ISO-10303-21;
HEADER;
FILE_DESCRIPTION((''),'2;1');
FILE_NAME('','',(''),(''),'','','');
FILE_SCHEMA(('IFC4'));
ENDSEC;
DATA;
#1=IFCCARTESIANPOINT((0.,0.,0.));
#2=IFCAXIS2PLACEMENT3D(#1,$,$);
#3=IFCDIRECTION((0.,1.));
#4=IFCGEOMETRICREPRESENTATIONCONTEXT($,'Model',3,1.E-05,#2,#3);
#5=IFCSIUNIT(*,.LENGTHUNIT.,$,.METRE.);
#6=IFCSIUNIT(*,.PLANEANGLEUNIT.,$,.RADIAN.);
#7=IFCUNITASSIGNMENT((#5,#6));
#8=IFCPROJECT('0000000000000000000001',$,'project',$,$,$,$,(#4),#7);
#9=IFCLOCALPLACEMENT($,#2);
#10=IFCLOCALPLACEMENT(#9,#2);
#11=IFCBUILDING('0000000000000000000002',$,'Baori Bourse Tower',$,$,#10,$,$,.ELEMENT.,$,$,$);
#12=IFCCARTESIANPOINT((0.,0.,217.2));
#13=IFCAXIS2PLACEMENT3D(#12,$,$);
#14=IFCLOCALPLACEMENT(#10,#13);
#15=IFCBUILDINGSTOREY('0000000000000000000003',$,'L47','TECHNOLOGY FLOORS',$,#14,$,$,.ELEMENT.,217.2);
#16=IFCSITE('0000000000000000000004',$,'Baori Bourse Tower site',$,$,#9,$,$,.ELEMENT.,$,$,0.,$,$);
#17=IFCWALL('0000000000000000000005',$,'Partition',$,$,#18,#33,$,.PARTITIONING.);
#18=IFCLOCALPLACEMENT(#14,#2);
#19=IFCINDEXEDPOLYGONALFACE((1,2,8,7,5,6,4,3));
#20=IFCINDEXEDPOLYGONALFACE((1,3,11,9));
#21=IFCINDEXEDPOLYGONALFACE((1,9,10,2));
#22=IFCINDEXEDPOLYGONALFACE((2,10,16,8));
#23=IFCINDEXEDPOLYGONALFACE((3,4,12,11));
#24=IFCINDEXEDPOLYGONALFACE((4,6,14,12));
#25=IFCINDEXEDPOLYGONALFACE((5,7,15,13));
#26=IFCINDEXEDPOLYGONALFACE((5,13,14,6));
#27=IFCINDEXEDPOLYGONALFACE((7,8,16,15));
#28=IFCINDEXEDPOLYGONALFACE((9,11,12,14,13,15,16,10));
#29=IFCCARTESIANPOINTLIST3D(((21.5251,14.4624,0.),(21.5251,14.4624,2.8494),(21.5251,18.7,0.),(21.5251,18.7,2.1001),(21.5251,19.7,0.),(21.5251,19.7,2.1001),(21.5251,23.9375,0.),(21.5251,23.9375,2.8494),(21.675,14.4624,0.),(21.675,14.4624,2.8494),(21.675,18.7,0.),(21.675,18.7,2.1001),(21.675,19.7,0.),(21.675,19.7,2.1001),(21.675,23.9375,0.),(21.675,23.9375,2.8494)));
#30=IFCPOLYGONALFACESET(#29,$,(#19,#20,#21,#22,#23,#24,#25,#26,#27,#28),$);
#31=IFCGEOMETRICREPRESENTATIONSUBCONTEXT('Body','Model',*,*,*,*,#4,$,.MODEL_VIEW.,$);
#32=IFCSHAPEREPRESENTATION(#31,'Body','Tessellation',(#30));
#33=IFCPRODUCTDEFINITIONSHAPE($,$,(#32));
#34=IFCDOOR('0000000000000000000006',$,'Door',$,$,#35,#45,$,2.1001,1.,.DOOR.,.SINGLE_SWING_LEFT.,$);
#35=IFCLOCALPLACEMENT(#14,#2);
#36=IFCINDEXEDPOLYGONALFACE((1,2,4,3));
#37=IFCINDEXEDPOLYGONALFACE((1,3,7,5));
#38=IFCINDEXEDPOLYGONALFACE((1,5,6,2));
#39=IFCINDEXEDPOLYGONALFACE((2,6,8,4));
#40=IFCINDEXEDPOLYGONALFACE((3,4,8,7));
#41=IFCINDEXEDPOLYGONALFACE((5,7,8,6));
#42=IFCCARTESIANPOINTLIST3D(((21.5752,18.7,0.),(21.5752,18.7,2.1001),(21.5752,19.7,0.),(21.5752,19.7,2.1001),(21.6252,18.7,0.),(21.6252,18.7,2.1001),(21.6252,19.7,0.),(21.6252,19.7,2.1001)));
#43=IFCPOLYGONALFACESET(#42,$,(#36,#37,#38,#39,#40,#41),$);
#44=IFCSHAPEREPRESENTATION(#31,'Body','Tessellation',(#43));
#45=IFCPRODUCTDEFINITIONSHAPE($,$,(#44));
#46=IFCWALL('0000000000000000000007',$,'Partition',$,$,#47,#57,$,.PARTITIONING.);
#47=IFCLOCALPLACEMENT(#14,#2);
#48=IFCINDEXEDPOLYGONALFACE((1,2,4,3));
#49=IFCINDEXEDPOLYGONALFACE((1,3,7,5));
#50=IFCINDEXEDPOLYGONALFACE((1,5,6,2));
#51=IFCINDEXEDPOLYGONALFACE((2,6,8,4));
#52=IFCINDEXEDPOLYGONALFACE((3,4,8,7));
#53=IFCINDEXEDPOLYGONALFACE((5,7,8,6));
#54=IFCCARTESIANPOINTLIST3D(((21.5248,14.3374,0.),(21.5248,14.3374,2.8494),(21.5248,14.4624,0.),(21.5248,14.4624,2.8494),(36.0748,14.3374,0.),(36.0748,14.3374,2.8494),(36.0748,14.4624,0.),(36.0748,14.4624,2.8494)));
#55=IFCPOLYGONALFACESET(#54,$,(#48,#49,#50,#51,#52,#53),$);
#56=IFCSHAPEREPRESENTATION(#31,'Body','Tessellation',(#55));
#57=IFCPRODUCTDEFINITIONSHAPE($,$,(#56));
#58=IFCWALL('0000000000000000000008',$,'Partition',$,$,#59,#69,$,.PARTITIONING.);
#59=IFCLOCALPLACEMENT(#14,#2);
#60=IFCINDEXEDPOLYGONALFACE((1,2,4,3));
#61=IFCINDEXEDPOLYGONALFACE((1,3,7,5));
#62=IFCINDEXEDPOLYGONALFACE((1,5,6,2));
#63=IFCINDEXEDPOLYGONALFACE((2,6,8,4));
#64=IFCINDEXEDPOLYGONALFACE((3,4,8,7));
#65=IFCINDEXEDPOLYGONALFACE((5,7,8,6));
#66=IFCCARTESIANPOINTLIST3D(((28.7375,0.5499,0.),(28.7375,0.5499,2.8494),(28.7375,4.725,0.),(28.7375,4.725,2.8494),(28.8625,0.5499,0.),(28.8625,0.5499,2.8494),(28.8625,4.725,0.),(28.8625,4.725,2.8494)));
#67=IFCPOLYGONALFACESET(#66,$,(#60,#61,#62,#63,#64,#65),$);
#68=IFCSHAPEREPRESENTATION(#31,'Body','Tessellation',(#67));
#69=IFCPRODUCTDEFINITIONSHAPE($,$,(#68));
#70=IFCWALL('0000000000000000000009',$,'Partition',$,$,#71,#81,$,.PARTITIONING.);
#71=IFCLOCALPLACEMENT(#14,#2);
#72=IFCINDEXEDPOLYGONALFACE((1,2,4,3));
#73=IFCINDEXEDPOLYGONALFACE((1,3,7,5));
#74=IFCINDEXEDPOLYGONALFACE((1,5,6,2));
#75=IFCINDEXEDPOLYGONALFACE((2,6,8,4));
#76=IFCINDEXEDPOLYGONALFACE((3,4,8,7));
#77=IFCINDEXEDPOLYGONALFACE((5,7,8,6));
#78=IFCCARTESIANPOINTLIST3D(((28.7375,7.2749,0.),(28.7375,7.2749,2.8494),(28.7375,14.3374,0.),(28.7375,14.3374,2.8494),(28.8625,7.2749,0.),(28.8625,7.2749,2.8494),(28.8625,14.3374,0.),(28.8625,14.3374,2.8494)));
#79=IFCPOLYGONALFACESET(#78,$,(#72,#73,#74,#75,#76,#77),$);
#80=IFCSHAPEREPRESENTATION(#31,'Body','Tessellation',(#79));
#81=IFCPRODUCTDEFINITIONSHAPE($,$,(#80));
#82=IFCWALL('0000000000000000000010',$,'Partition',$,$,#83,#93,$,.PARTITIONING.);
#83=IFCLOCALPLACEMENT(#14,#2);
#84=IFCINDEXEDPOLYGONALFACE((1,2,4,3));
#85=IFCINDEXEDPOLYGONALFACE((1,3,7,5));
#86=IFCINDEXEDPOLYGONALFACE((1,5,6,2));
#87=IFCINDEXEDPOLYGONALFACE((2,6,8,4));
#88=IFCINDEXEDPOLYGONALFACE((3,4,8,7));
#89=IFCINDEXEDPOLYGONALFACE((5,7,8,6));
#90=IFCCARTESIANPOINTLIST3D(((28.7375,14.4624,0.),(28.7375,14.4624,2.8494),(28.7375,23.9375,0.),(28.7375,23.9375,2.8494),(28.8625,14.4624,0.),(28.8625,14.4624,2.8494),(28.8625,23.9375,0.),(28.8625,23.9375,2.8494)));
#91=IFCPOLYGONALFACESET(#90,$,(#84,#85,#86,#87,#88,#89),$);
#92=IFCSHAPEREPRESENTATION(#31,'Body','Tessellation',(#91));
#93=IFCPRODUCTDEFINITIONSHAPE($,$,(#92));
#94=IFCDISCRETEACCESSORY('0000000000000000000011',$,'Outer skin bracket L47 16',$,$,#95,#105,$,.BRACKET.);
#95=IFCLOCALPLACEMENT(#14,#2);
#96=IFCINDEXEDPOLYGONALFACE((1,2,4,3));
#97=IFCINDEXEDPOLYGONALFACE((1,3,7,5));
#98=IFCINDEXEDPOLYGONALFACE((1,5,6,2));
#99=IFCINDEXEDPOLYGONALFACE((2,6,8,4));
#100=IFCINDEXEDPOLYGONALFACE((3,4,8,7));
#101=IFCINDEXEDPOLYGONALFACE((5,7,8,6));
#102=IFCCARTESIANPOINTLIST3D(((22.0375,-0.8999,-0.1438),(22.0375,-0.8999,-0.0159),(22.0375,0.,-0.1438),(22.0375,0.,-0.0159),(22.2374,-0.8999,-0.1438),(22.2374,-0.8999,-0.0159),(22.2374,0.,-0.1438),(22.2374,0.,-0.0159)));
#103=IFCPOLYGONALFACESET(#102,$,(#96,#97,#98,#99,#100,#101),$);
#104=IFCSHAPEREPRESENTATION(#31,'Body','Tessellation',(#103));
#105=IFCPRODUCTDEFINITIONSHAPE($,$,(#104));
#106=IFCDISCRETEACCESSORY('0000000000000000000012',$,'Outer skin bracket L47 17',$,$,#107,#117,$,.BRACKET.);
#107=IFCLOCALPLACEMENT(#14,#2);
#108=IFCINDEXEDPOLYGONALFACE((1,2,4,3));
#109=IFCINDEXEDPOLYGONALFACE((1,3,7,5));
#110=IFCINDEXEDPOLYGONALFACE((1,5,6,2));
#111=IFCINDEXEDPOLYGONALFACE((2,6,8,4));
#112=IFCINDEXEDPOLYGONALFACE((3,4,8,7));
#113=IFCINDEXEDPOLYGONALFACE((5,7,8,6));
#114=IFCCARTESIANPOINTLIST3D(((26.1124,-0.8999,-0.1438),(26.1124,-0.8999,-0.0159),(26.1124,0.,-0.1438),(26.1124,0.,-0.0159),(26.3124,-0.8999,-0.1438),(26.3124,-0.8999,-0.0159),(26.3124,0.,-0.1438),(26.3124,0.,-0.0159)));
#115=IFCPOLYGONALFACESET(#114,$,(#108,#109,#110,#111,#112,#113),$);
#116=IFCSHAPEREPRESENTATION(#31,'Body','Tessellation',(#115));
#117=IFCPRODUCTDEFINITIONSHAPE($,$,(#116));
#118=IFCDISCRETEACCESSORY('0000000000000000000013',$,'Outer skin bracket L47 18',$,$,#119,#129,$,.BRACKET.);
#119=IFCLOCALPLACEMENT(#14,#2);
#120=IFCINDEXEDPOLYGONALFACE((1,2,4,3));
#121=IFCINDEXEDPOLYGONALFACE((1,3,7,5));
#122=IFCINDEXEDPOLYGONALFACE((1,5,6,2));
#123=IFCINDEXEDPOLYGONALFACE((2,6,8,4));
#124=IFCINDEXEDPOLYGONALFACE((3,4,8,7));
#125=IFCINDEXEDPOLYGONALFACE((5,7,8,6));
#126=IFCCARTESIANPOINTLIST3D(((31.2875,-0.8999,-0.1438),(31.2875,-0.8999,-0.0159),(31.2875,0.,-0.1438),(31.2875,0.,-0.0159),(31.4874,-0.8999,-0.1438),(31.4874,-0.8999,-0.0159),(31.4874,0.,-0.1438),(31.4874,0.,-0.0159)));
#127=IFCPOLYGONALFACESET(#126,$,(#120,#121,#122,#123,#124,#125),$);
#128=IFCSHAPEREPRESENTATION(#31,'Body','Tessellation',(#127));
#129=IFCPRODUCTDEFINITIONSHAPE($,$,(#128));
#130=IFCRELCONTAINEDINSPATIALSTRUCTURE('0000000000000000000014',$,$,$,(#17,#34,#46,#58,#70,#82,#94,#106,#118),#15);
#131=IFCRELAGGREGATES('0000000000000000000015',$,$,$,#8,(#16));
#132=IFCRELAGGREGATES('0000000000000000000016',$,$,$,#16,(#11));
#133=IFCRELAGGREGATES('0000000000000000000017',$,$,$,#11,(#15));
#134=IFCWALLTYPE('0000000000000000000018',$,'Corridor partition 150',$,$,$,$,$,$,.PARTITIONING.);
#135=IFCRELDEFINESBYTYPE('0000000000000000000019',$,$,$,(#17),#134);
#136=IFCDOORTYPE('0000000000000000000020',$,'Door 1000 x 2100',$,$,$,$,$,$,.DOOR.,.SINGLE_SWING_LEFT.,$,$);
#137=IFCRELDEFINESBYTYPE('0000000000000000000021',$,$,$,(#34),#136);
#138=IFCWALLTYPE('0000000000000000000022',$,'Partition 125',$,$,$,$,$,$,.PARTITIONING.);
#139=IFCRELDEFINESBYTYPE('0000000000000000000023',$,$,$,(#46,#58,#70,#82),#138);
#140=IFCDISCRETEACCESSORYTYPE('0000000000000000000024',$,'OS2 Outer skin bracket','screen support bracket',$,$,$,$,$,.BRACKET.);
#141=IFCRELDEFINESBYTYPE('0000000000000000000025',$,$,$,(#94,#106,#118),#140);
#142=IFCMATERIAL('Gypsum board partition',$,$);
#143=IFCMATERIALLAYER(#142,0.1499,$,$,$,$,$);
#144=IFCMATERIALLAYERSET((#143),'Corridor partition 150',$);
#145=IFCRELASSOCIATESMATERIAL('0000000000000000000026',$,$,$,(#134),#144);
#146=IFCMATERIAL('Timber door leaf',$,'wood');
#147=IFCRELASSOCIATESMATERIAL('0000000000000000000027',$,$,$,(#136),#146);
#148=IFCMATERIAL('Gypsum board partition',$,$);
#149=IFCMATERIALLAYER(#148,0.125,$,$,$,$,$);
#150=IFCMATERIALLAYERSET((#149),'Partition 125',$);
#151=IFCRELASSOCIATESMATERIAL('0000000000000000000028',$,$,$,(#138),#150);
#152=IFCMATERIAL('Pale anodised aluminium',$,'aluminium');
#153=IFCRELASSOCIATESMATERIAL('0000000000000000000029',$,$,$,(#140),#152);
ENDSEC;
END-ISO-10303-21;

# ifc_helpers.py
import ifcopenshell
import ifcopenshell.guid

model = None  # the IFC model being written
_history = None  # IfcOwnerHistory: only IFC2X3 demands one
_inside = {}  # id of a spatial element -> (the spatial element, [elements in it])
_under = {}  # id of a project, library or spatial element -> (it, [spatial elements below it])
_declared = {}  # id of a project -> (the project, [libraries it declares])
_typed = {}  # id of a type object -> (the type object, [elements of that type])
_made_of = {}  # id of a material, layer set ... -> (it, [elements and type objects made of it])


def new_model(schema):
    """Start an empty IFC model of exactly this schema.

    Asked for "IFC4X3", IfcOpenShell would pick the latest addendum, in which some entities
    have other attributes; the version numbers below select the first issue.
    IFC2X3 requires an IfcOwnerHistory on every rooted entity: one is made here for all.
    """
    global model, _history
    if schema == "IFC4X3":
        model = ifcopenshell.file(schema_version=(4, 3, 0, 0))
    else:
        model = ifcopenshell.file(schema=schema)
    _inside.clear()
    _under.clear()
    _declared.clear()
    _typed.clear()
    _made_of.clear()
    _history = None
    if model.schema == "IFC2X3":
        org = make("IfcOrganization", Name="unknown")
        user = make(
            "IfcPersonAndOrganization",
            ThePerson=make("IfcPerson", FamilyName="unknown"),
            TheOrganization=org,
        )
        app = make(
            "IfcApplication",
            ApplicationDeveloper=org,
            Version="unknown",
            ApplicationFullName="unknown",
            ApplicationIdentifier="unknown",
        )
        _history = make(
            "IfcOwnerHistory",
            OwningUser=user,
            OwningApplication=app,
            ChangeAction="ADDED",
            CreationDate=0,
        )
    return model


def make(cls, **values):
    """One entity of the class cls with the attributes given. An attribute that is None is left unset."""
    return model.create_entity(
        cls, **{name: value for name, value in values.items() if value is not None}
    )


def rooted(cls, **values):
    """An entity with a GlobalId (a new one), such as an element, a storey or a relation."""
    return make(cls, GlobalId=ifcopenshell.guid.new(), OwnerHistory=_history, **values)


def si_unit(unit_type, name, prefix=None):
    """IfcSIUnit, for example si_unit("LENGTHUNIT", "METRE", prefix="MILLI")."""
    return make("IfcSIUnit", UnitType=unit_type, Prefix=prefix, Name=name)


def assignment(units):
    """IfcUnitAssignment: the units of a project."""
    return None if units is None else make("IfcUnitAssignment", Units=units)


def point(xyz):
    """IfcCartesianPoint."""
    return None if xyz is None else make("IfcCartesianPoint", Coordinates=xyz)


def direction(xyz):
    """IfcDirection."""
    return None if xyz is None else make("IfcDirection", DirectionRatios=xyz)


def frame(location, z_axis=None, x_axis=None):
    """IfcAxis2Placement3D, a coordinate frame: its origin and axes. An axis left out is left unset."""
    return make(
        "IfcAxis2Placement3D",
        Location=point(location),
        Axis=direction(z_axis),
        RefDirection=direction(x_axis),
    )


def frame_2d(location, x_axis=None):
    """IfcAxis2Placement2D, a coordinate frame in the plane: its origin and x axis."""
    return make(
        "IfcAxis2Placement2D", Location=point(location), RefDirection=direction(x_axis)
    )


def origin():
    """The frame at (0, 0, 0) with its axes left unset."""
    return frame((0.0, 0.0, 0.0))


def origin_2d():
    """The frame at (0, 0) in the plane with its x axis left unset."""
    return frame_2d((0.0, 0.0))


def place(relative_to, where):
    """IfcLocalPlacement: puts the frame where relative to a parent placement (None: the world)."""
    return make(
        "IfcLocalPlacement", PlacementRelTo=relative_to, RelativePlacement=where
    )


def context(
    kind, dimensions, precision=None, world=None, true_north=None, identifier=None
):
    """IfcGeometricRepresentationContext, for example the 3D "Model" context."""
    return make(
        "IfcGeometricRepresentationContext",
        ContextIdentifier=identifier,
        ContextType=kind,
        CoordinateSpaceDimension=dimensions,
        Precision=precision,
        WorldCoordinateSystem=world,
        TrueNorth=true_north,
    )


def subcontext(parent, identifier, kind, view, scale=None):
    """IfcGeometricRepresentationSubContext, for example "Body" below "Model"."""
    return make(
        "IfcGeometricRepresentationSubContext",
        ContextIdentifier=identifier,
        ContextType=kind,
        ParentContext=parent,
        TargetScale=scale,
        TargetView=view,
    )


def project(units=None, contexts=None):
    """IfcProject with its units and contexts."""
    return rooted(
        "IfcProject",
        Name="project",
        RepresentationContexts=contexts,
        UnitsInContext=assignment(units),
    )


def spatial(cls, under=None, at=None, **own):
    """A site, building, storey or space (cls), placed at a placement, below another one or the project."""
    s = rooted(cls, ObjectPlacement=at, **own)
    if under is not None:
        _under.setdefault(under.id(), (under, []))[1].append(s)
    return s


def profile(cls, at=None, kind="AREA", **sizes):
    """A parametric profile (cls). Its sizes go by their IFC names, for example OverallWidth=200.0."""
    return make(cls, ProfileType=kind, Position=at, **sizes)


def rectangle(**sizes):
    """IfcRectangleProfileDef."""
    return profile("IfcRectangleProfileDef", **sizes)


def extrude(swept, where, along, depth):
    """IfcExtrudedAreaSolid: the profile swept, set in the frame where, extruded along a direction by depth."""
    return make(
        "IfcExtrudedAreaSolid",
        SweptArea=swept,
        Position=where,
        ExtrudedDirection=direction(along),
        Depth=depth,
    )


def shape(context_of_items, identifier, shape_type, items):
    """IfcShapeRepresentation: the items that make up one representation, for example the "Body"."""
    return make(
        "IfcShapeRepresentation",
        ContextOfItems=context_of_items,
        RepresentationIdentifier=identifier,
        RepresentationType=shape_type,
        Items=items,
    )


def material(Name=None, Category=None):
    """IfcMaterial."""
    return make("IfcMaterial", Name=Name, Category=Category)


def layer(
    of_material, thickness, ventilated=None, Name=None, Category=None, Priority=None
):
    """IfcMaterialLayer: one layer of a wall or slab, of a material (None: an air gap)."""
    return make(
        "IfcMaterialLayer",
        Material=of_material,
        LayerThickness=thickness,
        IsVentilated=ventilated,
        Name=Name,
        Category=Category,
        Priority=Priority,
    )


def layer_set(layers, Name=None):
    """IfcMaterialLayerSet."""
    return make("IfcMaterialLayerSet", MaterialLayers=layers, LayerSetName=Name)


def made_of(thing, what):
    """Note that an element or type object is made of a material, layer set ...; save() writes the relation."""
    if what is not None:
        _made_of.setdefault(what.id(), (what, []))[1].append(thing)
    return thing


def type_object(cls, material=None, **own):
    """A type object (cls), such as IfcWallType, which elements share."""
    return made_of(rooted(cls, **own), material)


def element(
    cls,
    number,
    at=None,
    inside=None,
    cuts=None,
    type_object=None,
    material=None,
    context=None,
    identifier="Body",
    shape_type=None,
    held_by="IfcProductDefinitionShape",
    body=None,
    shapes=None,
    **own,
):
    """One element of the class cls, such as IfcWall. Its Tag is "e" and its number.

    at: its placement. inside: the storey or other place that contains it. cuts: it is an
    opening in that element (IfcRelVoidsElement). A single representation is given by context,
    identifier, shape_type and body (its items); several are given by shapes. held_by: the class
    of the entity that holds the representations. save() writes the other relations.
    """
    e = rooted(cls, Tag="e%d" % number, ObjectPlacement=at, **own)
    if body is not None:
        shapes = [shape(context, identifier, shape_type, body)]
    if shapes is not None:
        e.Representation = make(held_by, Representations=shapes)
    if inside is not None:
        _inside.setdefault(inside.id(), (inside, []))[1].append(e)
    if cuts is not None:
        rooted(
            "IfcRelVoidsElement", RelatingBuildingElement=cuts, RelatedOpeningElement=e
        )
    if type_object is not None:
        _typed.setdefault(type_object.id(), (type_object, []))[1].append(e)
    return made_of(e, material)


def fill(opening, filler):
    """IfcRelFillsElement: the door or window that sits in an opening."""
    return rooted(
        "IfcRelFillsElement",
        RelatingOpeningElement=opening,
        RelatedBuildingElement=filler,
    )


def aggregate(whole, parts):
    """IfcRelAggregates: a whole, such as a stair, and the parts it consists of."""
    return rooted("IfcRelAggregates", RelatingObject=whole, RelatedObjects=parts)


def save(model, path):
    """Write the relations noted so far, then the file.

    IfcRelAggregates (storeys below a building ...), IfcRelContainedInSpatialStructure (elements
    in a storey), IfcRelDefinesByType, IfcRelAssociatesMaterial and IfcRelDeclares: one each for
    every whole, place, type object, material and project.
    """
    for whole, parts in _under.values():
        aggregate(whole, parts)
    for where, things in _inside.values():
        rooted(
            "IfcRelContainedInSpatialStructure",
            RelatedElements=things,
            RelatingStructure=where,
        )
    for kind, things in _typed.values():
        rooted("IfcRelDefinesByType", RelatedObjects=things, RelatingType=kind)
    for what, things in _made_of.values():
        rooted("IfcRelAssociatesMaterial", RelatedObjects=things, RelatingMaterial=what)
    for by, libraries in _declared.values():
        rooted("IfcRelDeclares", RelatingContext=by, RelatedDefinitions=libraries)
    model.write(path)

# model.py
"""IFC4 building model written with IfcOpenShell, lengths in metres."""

from ifc_helpers import new_model, si_unit, direction, frame, frame_2d, origin, origin_2d, place, context, subcontext, project, spatial, rectangle, extrude, material, layer, layer_set, type_object, element, fill, save


model = new_model("IFC4")

# Units and contexts
model_context = context("Model", 3, precision=1e-05, world=origin(), true_north=direction((0.0, 1.0)))
body_context = subcontext(model_context, "Body", "Model", "MODEL_VIEW")
ifc_project = project(units=[si_unit("LENGTHUNIT", "METRE"), si_unit("PLANEANGLEUNIT", "RADIAN")], contexts=[model_context])

# Site, building, storey
site_placement = place(None, origin())
site = spatial("IfcSite", under=ifc_project, at=site_placement, Name="Baori Bourse Tower site", CompositionType="ELEMENT", RefElevation=0.0)
building_placement = place(site_placement, origin())
building = spatial("IfcBuilding", under=site, at=building_placement, Name="Baori Bourse Tower", CompositionType="ELEMENT")
storey_placement = place(building_placement, frame((0.0, 0.0, 217.2)))
storey = spatial("IfcBuildingStorey", under=building, at=storey_placement, Name="L47", Description="TECHNOLOGY FLOORS", CompositionType="ELEMENT", Elevation=217.2)

# Wall, opening, door
ifc_material_1 = material(Name="Gypsum board partition")
ifc_layer_1 = layer(ifc_material_1, 0.1499)
ifc_layer_set_1 = layer_set([ifc_layer_1], Name="Corridor partition 150")
wall_type_1 = type_object("IfcWallType", Name="Corridor partition 150", PredefinedType="PARTITIONING", material=ifc_layer_set_1)
ifc_material_2 = material(Name="Timber door leaf", Category="wood")
door_type = type_object("IfcDoorType", Name="Door 1000 x 2100", OperationType="SINGLE_SWING_LEFT", PredefinedType="DOOR", material=ifc_material_2)
wall_1_placement = place(storey_placement, frame((21.6001, 14.4624, 0.0), z_axis=(0.0, 0.0, 1.0), x_axis=(0.0, 1.0, 0.0)))
wall_1 = element("IfcWall", 1, at=wall_1_placement, inside=storey, type_object=wall_type_1, Name="Partition", PredefinedType="PARTITIONING", context=body_context, shape_type="SweptSolid", body=[
    extrude(rectangle(XDim=9.4751, YDim=0.1499, at=frame_2d((4.7375, 0.0))), origin(), (0.0, 0.0, 1.0), 2.8494),
])
opening_1_placement = place(wall_1_placement, frame((4.2375, 0.0, 0.0)))
opening_1 = element("IfcOpeningElement", 2, at=opening_1_placement, cuts=wall_1, PredefinedType="OPENING", context=body_context, shape_type="SweptSolid", body=[
    extrude(rectangle(XDim=1.0, YDim=2.1001, at=frame_2d((0.5, 1.05))), frame((0.0, 0.085, 0.0), z_axis=(0.0, -1.0, 0.0), x_axis=(1.0, 0.0, 0.0)), (0.0, 0.0, 1.0), 0.1699),
])
door_1_placement = place(opening_1_placement, origin())
door_1 = element("IfcDoor", 3, at=door_1_placement, inside=storey, type_object=door_type, Name="Door", OperationType="SINGLE_SWING_LEFT", OverallHeight=2.1001, OverallWidth=1.0, PredefinedType="DOOR", context=body_context, shape_type="SweptSolid", body=[
    extrude(rectangle(XDim=1.0, YDim=2.1001, at=frame_2d((0.5, 1.05))), frame((0.0, 0.0249, 0.0), z_axis=(0.0, -1.0, 0.0), x_axis=(1.0, 0.0, 0.0)), (0.0, 0.0, 1.0), 0.05),
])
fill(opening_1, door_1)

# Walls
ifc_material_3 = material(Name="Gypsum board partition")
ifc_layer_2 = layer(ifc_material_3, 0.125)
ifc_layer_set_2 = layer_set([ifc_layer_2], Name="Partition 125")
wall_type_2 = type_object("IfcWallType", Name="Partition 125", PredefinedType="PARTITIONING", material=ifc_layer_set_2)
wall_2_placement = place(storey_placement, frame((21.5249, 14.3999, 0.0), z_axis=(0.0, 0.0, 1.0), x_axis=(1.0, 0.0, 0.0)))
element("IfcWall", 4, at=wall_2_placement, inside=storey, type_object=wall_type_2, Name="Partition", PredefinedType="PARTITIONING", context=body_context, shape_type="SweptSolid", body=[
    extrude(rectangle(XDim=14.55, YDim=0.125, at=frame_2d((7.2749, 0.0))), origin(), (0.0, 0.0, 1.0), 2.8494),
])
wall_3_placement = place(storey_placement, frame((28.8, 0.55, 0.0), z_axis=(0.0, 0.0, 1.0), x_axis=(0.0, 1.0, 0.0)))
element("IfcWall", 5, at=wall_3_placement, inside=storey, type_object=wall_type_2, Name="Partition", PredefinedType="PARTITIONING", context=body_context, shape_type="SweptSolid", body=[
    extrude(rectangle(XDim=4.175, YDim=0.125, at=frame_2d((2.0874, 0.0))), origin(), (0.0, 0.0, 1.0), 2.8494),
])
wall_4_placement = place(storey_placement, frame((28.8, 7.2749, 0.0), z_axis=(0.0, 0.0, 1.0), x_axis=(0.0, 1.0, 0.0)))
element("IfcWall", 6, at=wall_4_placement, inside=storey, type_object=wall_type_2, Name="Partition", PredefinedType="PARTITIONING", context=body_context, shape_type="SweptSolid", body=[
    extrude(rectangle(XDim=7.0625, YDim=0.125, at=frame_2d((3.5312, 0.0))), origin(), (0.0, 0.0, 1.0), 2.8494),
])
wall_5_placement = place(storey_placement, frame((28.8, 14.4624, 0.0), z_axis=(0.0, 0.0, 1.0), x_axis=(0.0, 1.0, 0.0)))
element("IfcWall", 7, at=wall_5_placement, inside=storey, type_object=wall_type_2, Name="Partition", PredefinedType="PARTITIONING", context=body_context, shape_type="SweptSolid", body=[
    extrude(rectangle(XDim=9.4751, YDim=0.125, at=frame_2d((4.7375, 0.0))), origin(), (0.0, 0.0, 1.0), 2.8494),
])

# Discrete accessories
ifc_material_4 = material(Name="Pale anodised aluminium", Category="aluminium")
discrete_accessory_type = type_object("IfcDiscreteAccessoryType", Name="OS2 Outer skin bracket", Description="screen support bracket", PredefinedType="BRACKET", material=ifc_material_4)
for number, where, z_axis, x_axis, name in (
    (8, (22.1375, -0.45, -0.1438), (0.0, 0.0, 1.0), (1.0, 0.0, 0.0), "Outer skin bracket L47 16"),
    (9, (26.2124, -0.45, -0.1438), (0.0, 0.0, 1.0), (1.0, 0.0, 0.0), "Outer skin bracket L47 17"),
    (10, (31.3875, -0.45, -0.1438), (0.0, 0.0, 1.0), (1.0, 0.0, 0.0), "Outer skin bracket L47 18"),
):
    element("IfcDiscreteAccessory", number, at=place(storey_placement, frame(where, z_axis=z_axis, x_axis=x_axis)), inside=storey, type_object=discrete_accessory_type, Name=name, PredefinedType="BRACKET", context=body_context, shape_type="SweptSolid", body=[
        extrude(rectangle(XDim=0.2, YDim=0.8999, at=origin_2d()), origin(), (0.0, 0.0, 1.0), 0.1279),
    ])

save(model, "model.ifc")
